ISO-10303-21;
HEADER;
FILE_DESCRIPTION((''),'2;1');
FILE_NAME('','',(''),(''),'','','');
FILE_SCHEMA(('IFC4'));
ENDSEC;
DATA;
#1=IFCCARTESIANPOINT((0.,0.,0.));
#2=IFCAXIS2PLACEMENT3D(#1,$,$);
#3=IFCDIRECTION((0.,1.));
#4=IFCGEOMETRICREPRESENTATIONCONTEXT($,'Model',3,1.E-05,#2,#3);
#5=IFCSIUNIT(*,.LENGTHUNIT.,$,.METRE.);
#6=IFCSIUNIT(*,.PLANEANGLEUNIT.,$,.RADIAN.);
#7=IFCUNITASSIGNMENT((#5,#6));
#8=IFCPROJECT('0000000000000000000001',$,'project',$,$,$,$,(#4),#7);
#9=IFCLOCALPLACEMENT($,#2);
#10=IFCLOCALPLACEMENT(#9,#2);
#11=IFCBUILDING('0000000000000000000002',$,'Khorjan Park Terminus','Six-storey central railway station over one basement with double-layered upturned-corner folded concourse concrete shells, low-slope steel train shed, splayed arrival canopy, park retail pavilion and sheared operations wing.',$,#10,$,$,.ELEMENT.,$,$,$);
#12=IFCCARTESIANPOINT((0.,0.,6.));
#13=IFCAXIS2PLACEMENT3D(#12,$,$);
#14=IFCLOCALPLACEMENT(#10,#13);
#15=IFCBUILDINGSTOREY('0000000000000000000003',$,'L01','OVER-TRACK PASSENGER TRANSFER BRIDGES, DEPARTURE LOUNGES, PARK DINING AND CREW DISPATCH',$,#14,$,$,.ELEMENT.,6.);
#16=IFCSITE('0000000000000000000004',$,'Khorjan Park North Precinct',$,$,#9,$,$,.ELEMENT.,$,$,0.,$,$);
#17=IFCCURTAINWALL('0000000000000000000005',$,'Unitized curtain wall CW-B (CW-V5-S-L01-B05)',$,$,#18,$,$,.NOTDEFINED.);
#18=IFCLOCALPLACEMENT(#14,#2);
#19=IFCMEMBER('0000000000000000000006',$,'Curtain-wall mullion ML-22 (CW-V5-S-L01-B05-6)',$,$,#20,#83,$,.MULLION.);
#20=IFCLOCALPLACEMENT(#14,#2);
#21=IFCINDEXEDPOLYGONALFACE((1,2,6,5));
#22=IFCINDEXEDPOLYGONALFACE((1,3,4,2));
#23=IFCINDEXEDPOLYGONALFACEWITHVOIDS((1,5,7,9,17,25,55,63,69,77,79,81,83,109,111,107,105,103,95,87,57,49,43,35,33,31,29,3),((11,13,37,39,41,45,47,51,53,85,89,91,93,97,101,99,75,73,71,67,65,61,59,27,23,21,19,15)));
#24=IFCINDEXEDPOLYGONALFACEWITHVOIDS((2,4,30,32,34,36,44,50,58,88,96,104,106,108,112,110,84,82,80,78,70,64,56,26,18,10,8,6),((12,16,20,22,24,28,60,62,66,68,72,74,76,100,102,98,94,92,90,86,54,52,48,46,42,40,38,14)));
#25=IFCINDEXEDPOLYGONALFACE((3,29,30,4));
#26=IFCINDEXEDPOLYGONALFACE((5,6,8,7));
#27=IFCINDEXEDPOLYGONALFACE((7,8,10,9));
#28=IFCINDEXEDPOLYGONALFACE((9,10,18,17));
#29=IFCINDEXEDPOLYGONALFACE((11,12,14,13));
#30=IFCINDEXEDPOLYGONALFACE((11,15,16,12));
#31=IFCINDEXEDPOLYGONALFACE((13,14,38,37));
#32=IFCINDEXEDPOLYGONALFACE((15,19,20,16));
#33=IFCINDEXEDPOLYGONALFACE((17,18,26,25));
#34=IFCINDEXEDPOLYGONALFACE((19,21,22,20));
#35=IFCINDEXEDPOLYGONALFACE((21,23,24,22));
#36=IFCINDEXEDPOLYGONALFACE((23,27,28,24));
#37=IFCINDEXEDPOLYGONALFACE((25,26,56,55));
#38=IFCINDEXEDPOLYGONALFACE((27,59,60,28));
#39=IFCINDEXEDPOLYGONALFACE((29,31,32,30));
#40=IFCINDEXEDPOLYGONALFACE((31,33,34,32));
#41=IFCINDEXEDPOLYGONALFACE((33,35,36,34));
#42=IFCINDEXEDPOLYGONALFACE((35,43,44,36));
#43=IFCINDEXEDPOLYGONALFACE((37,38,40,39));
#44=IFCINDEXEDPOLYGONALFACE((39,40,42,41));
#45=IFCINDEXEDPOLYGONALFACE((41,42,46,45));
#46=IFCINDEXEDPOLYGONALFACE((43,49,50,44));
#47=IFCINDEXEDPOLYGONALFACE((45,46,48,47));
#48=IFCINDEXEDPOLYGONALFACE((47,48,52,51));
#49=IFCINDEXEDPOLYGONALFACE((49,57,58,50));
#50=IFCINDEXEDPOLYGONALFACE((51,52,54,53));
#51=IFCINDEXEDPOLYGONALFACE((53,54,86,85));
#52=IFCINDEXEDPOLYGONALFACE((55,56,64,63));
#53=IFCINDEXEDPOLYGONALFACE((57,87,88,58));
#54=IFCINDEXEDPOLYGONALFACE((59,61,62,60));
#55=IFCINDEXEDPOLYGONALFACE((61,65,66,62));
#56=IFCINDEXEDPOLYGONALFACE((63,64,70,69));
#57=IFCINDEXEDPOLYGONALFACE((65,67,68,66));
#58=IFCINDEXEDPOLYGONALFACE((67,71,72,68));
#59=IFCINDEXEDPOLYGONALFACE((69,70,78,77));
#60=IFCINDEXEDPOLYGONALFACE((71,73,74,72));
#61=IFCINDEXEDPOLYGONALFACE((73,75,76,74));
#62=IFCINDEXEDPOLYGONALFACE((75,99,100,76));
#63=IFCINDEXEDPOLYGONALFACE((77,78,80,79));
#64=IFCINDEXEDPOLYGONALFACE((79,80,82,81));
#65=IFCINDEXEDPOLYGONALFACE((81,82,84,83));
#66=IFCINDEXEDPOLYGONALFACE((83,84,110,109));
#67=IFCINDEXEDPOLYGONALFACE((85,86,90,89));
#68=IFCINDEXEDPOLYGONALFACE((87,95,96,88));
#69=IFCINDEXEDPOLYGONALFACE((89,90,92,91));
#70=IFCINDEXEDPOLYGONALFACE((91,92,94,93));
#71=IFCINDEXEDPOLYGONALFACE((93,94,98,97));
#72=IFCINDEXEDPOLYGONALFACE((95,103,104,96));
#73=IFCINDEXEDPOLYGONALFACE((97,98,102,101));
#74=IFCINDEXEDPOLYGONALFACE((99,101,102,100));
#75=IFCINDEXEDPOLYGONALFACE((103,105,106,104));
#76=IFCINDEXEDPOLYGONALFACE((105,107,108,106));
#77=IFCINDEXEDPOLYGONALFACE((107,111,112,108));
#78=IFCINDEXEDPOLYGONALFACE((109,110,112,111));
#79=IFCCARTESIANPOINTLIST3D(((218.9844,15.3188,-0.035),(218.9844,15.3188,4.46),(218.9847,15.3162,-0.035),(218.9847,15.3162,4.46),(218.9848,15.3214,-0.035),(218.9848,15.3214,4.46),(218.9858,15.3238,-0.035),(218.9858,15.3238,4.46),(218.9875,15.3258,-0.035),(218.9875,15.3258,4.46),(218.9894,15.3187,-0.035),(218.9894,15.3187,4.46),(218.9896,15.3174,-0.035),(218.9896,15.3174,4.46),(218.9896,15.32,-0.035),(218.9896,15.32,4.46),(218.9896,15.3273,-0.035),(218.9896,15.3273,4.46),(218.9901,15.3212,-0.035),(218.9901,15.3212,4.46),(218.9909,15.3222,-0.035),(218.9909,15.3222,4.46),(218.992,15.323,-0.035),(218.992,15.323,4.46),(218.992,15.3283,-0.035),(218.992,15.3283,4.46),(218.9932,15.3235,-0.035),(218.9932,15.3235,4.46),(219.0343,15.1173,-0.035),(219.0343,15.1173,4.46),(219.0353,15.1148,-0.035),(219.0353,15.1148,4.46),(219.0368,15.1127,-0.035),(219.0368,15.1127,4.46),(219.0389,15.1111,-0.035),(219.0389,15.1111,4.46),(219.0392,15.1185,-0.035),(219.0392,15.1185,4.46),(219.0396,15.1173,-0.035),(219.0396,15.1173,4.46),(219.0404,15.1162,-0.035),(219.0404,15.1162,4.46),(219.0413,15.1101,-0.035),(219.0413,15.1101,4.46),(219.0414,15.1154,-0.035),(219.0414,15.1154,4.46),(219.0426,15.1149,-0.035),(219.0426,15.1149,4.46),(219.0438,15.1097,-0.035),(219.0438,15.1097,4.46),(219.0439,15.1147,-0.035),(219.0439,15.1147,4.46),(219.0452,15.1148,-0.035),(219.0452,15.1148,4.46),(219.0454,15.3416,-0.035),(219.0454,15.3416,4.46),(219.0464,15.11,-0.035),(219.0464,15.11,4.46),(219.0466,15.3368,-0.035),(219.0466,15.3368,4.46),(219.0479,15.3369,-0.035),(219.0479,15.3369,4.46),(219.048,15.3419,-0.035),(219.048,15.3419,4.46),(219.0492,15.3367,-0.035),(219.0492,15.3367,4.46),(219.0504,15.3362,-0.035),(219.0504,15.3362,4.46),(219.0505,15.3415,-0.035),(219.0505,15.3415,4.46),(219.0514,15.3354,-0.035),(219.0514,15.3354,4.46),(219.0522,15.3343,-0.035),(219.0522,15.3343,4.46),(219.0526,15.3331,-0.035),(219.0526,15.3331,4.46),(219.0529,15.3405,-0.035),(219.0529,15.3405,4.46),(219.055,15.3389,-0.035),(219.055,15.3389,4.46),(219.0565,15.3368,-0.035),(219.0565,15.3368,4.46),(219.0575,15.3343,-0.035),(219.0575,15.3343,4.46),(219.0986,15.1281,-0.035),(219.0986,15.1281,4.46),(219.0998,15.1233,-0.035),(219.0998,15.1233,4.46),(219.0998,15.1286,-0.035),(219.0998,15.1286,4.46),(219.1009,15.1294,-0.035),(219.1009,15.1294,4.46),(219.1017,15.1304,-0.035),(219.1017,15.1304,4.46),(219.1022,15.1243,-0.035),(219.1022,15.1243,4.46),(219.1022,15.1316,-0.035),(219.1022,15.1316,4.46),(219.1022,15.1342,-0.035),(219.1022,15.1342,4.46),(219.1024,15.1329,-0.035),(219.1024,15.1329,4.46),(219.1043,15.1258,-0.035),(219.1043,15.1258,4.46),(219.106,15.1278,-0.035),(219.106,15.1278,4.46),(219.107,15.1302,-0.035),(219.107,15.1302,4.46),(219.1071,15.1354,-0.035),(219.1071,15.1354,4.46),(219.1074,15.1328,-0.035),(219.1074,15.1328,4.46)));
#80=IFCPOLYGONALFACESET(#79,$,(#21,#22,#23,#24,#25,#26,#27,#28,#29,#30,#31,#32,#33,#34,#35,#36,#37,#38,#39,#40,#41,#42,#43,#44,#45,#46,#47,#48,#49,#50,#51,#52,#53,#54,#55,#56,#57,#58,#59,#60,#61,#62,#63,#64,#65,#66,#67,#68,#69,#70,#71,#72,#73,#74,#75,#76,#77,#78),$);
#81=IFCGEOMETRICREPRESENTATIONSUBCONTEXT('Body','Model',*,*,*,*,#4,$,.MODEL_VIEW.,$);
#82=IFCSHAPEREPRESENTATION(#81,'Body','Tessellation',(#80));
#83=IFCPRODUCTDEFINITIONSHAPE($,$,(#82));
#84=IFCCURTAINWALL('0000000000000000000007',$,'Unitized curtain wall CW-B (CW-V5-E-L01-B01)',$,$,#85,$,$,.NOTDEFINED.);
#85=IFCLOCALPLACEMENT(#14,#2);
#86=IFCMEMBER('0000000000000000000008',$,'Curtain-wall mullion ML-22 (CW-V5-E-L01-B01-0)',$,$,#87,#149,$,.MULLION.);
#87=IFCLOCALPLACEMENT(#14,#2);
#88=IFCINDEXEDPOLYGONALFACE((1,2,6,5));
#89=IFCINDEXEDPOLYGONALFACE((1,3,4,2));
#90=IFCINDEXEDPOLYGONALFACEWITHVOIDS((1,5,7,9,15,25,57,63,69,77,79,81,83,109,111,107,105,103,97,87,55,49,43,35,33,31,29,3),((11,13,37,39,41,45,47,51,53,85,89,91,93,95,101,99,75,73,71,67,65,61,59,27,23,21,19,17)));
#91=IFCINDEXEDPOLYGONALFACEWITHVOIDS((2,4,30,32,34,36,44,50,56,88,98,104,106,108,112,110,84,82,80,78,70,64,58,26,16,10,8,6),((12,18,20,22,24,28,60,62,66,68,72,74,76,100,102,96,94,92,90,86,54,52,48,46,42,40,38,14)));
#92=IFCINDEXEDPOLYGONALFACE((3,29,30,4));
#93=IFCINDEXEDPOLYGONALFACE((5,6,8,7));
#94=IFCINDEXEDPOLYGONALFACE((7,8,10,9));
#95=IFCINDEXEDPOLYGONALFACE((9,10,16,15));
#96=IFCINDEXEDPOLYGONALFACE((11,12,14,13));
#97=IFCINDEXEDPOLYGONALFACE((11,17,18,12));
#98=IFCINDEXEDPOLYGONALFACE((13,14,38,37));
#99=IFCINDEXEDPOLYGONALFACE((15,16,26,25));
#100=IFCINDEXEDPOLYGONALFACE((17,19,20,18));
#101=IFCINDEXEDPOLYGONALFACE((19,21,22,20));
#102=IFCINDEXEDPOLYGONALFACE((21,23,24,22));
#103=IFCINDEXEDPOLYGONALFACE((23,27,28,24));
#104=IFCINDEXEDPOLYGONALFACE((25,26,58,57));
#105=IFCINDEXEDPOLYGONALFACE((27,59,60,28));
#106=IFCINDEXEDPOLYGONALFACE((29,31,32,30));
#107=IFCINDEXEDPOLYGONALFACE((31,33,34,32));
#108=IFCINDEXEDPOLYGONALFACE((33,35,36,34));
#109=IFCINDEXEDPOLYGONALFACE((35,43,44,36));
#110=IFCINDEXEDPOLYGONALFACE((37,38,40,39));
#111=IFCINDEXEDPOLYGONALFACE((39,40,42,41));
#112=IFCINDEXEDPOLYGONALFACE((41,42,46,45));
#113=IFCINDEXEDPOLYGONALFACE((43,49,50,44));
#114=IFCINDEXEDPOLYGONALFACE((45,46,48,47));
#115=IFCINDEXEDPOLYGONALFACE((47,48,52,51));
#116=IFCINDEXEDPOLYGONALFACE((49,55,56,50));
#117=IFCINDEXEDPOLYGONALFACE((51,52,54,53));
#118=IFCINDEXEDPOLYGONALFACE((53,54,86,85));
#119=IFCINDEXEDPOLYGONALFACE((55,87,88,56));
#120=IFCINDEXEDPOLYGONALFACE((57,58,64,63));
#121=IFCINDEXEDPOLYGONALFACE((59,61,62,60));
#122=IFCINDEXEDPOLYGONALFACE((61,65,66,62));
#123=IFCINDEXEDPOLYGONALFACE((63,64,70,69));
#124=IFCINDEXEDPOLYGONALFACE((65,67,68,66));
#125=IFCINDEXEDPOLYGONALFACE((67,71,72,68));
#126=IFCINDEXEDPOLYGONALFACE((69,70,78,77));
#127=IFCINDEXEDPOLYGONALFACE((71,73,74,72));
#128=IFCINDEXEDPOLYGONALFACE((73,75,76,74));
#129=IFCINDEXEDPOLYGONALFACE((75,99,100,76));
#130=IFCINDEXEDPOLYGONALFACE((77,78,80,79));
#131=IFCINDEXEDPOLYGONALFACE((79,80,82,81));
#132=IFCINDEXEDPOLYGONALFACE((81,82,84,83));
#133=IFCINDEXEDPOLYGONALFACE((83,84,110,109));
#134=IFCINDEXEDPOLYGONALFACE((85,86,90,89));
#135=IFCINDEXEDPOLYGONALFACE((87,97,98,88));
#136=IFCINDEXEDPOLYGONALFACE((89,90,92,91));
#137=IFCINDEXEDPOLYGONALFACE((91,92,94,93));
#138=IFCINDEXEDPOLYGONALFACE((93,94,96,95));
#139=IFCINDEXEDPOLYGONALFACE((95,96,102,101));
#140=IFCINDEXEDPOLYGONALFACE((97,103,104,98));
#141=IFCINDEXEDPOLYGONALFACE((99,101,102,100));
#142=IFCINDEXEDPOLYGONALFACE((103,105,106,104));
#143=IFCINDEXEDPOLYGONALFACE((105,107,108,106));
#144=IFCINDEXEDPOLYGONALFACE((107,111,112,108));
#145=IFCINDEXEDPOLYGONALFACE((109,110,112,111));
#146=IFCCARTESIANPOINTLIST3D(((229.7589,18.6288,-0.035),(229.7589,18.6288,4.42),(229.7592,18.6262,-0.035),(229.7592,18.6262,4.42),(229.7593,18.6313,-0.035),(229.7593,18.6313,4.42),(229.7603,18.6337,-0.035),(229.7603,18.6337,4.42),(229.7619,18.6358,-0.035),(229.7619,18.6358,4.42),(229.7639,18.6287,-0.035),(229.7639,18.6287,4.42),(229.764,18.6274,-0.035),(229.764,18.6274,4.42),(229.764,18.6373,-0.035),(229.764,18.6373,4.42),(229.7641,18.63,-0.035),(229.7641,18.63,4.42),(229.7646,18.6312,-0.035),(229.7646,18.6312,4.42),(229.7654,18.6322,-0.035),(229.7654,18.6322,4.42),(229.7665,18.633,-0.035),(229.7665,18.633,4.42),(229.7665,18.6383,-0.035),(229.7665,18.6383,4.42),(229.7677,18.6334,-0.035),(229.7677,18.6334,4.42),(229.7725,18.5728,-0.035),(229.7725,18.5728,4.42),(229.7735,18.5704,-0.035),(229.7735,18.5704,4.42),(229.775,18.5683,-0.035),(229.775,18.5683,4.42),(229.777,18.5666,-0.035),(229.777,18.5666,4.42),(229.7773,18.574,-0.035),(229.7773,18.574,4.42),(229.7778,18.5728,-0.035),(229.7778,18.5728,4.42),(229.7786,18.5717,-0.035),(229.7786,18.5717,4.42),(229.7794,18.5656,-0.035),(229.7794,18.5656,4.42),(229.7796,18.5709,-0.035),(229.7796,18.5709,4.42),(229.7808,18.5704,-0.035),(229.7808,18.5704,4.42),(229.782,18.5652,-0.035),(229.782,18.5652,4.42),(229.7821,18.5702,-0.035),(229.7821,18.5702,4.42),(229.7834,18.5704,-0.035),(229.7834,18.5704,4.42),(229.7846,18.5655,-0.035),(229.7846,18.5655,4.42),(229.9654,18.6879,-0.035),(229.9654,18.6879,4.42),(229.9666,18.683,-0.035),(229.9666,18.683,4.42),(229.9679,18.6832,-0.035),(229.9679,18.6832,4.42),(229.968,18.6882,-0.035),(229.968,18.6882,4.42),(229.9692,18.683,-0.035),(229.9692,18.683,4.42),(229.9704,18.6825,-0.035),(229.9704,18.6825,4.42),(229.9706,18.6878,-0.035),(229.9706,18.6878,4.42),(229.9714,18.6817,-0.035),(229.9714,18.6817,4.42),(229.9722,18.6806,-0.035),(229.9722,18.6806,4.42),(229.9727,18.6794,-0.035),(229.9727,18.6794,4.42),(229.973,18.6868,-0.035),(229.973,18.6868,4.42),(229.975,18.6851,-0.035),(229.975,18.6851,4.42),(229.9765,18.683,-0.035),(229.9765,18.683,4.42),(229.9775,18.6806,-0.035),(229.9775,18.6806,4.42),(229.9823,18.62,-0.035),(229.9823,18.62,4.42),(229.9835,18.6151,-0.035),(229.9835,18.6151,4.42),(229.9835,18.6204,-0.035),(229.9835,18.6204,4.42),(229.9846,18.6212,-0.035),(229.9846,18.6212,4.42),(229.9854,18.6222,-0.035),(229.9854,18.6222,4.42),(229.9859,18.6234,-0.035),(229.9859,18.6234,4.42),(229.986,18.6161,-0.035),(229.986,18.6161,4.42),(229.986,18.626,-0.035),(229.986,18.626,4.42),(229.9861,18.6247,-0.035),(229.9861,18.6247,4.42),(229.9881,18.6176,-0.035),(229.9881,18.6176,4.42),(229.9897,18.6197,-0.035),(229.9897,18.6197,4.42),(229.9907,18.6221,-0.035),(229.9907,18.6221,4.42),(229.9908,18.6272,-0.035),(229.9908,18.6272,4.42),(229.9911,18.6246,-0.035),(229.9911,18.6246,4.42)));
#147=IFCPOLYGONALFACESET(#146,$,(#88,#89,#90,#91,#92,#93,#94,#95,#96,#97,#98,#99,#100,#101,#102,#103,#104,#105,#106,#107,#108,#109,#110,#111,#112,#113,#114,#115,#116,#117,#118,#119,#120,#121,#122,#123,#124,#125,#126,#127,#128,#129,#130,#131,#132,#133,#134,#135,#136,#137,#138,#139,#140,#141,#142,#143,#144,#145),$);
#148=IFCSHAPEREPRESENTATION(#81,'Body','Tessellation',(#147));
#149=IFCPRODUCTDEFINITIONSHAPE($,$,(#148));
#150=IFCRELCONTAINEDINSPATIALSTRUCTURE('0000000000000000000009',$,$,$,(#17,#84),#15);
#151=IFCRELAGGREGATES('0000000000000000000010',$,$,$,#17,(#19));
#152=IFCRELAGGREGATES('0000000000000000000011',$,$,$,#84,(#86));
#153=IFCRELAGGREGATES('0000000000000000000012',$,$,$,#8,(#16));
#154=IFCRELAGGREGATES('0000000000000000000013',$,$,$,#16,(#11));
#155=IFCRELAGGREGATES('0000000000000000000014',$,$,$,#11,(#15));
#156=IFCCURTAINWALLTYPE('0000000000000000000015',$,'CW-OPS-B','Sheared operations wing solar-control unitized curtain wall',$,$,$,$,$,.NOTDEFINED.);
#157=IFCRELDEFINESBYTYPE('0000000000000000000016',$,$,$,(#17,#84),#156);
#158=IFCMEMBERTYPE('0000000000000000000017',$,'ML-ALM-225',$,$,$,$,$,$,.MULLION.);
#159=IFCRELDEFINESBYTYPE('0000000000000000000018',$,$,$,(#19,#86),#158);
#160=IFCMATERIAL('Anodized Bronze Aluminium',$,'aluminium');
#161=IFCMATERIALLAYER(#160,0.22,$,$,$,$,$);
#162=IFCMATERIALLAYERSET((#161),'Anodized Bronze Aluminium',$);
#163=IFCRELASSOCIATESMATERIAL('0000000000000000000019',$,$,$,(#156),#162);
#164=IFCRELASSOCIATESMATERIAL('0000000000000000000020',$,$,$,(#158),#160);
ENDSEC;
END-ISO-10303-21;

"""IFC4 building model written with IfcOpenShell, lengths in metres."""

from ifc_helpers import new_model, si_unit, direction, frame, origin, origin_2d, place, context, subcontext, project, spatial, hollow_rectangle, extrude, material, layer, layer_set, material_profile, profile_set, type_object, element, aggregate, save


model = new_model("IFC4")

# Units and contexts
model_context = context("Model", 3, precision=1e-05, world=origin(), true_north=direction((0.0, 1.0)))
body_context = subcontext(model_context, "Body", "Model", "MODEL_VIEW")
ifc_project = project(units=[si_unit("LENGTHUNIT", "METRE"), si_unit("PLANEANGLEUNIT", "RADIAN")], contexts=[model_context])

# Site, building, storey
site_placement = place(None, origin())
site = spatial("IfcSite", under=ifc_project, at=site_placement, Name="Khorjan Park North Precinct", CompositionType="ELEMENT", RefElevation=0.0)
building_placement = place(site_placement, origin())
building = spatial("IfcBuilding", under=site, at=building_placement, Name="Khorjan Park Terminus", Description="Six-storey central railway station over one basement with double-layered upturned-corner folded concourse concrete shells, low-slope steel train shed, splayed arrival canopy, park retail pavilion and sheared operations wing.", CompositionType="ELEMENT")
storey_placement = place(building_placement, frame((0.0, 0.0, 6.0)))
storey = spatial("IfcBuildingStorey", under=building, at=storey_placement, Name="L01", Description="OVER-TRACK PASSENGER TRANSFER BRIDGES, DEPARTURE LOUNGES, PARK DINING AND CREW DISPATCH", CompositionType="ELEMENT", Elevation=6.0)

# Curtain wall, member
ifc_material_1 = material(Name="Anodized Bronze Aluminium", Category="aluminium")
ifc_layer_1 = layer(ifc_material_1, 0.22)
ifc_layer_set_1 = layer_set([ifc_layer_1], Name="Anodized Bronze Aluminium")
curtain_wall_type = type_object("IfcCurtainWallType", Name="CW-OPS-B", Description="Sheared operations wing solar-control unitized curtain wall", PredefinedType="NOTDEFINED", material=ifc_layer_set_1)
curtain_wall_1_placement = place(storey_placement, origin())
curtain_wall_1 = element("IfcCurtainWall", 1, at=curtain_wall_1_placement, inside=storey, type_object=curtain_wall_type, Name="Unitized curtain wall CW-B (CW-V5-S-L01-B05)", PredefinedType="NOTDEFINED")
ifc_material_profile_1 = material_profile(ifc_material_1, hollow_rectangle(XDim=0.075, YDim=0.225, WallThickness=0.005, InnerFilletRadius=0.005, OuterFilletRadius=0.01, at=origin_2d()), Name="ALM 75x225x5")
ifc_profile_set_1 = profile_set([ifc_material_profile_1], Name="Anodized Bronze Aluminium")
member_type_1 = type_object("IfcMemberType", Name="ML-ALM-225", PredefinedType="MULLION", material=ifc_profile_set_1)
member_1_placement = place(storey_placement, frame((219.0459, 15.2258, -0.035), z_axis=(0.0, 0.0, 1.0), x_axis=(0.970298, 0.241912, 0.0)))
member_1 = element("IfcMember", 2, at=member_1_placement, type_object=member_type_1, Name="Curtain-wall mullion ML-22 (CW-V5-S-L01-B05-6)", PredefinedType="MULLION", context=body_context, shape_type="SweptSolid", body=[
    extrude(hollow_rectangle(XDim=0.075, YDim=0.225, WallThickness=0.005, InnerFilletRadius=0.005, OuterFilletRadius=0.01, at=origin_2d()), origin(), (0.0, 0.0, 1.0), 4.495),
])

# Curtain wall, member
curtain_wall_2_placement = place(storey_placement, origin())
curtain_wall_2 = element("IfcCurtainWall", 3, at=curtain_wall_2_placement, inside=storey, type_object=curtain_wall_type, Name="Unitized curtain wall CW-B (CW-V5-E-L01-B01)", PredefinedType="NOTDEFINED")
member_2_placement = place(storey_placement, frame((229.875, 18.6267, -0.035), z_axis=(0.0, 0.0, 1.0), x_axis=(-0.24192, 0.970296, 0.0)))
member_2 = element("IfcMember", 4, at=member_2_placement, type_object=member_type_1, Name="Curtain-wall mullion ML-22 (CW-V5-E-L01-B01-0)", PredefinedType="MULLION", context=body_context, shape_type="SweptSolid", body=[
    extrude(hollow_rectangle(XDim=0.075, YDim=0.225, WallThickness=0.005, InnerFilletRadius=0.005, OuterFilletRadius=0.01, at=origin_2d()), origin(), (0.0, 0.0, 1.0), 4.455),
])

aggregate(curtain_wall_1, [member_1])
aggregate(curtain_wall_2, [member_2])

save(model, "model.ifc")
